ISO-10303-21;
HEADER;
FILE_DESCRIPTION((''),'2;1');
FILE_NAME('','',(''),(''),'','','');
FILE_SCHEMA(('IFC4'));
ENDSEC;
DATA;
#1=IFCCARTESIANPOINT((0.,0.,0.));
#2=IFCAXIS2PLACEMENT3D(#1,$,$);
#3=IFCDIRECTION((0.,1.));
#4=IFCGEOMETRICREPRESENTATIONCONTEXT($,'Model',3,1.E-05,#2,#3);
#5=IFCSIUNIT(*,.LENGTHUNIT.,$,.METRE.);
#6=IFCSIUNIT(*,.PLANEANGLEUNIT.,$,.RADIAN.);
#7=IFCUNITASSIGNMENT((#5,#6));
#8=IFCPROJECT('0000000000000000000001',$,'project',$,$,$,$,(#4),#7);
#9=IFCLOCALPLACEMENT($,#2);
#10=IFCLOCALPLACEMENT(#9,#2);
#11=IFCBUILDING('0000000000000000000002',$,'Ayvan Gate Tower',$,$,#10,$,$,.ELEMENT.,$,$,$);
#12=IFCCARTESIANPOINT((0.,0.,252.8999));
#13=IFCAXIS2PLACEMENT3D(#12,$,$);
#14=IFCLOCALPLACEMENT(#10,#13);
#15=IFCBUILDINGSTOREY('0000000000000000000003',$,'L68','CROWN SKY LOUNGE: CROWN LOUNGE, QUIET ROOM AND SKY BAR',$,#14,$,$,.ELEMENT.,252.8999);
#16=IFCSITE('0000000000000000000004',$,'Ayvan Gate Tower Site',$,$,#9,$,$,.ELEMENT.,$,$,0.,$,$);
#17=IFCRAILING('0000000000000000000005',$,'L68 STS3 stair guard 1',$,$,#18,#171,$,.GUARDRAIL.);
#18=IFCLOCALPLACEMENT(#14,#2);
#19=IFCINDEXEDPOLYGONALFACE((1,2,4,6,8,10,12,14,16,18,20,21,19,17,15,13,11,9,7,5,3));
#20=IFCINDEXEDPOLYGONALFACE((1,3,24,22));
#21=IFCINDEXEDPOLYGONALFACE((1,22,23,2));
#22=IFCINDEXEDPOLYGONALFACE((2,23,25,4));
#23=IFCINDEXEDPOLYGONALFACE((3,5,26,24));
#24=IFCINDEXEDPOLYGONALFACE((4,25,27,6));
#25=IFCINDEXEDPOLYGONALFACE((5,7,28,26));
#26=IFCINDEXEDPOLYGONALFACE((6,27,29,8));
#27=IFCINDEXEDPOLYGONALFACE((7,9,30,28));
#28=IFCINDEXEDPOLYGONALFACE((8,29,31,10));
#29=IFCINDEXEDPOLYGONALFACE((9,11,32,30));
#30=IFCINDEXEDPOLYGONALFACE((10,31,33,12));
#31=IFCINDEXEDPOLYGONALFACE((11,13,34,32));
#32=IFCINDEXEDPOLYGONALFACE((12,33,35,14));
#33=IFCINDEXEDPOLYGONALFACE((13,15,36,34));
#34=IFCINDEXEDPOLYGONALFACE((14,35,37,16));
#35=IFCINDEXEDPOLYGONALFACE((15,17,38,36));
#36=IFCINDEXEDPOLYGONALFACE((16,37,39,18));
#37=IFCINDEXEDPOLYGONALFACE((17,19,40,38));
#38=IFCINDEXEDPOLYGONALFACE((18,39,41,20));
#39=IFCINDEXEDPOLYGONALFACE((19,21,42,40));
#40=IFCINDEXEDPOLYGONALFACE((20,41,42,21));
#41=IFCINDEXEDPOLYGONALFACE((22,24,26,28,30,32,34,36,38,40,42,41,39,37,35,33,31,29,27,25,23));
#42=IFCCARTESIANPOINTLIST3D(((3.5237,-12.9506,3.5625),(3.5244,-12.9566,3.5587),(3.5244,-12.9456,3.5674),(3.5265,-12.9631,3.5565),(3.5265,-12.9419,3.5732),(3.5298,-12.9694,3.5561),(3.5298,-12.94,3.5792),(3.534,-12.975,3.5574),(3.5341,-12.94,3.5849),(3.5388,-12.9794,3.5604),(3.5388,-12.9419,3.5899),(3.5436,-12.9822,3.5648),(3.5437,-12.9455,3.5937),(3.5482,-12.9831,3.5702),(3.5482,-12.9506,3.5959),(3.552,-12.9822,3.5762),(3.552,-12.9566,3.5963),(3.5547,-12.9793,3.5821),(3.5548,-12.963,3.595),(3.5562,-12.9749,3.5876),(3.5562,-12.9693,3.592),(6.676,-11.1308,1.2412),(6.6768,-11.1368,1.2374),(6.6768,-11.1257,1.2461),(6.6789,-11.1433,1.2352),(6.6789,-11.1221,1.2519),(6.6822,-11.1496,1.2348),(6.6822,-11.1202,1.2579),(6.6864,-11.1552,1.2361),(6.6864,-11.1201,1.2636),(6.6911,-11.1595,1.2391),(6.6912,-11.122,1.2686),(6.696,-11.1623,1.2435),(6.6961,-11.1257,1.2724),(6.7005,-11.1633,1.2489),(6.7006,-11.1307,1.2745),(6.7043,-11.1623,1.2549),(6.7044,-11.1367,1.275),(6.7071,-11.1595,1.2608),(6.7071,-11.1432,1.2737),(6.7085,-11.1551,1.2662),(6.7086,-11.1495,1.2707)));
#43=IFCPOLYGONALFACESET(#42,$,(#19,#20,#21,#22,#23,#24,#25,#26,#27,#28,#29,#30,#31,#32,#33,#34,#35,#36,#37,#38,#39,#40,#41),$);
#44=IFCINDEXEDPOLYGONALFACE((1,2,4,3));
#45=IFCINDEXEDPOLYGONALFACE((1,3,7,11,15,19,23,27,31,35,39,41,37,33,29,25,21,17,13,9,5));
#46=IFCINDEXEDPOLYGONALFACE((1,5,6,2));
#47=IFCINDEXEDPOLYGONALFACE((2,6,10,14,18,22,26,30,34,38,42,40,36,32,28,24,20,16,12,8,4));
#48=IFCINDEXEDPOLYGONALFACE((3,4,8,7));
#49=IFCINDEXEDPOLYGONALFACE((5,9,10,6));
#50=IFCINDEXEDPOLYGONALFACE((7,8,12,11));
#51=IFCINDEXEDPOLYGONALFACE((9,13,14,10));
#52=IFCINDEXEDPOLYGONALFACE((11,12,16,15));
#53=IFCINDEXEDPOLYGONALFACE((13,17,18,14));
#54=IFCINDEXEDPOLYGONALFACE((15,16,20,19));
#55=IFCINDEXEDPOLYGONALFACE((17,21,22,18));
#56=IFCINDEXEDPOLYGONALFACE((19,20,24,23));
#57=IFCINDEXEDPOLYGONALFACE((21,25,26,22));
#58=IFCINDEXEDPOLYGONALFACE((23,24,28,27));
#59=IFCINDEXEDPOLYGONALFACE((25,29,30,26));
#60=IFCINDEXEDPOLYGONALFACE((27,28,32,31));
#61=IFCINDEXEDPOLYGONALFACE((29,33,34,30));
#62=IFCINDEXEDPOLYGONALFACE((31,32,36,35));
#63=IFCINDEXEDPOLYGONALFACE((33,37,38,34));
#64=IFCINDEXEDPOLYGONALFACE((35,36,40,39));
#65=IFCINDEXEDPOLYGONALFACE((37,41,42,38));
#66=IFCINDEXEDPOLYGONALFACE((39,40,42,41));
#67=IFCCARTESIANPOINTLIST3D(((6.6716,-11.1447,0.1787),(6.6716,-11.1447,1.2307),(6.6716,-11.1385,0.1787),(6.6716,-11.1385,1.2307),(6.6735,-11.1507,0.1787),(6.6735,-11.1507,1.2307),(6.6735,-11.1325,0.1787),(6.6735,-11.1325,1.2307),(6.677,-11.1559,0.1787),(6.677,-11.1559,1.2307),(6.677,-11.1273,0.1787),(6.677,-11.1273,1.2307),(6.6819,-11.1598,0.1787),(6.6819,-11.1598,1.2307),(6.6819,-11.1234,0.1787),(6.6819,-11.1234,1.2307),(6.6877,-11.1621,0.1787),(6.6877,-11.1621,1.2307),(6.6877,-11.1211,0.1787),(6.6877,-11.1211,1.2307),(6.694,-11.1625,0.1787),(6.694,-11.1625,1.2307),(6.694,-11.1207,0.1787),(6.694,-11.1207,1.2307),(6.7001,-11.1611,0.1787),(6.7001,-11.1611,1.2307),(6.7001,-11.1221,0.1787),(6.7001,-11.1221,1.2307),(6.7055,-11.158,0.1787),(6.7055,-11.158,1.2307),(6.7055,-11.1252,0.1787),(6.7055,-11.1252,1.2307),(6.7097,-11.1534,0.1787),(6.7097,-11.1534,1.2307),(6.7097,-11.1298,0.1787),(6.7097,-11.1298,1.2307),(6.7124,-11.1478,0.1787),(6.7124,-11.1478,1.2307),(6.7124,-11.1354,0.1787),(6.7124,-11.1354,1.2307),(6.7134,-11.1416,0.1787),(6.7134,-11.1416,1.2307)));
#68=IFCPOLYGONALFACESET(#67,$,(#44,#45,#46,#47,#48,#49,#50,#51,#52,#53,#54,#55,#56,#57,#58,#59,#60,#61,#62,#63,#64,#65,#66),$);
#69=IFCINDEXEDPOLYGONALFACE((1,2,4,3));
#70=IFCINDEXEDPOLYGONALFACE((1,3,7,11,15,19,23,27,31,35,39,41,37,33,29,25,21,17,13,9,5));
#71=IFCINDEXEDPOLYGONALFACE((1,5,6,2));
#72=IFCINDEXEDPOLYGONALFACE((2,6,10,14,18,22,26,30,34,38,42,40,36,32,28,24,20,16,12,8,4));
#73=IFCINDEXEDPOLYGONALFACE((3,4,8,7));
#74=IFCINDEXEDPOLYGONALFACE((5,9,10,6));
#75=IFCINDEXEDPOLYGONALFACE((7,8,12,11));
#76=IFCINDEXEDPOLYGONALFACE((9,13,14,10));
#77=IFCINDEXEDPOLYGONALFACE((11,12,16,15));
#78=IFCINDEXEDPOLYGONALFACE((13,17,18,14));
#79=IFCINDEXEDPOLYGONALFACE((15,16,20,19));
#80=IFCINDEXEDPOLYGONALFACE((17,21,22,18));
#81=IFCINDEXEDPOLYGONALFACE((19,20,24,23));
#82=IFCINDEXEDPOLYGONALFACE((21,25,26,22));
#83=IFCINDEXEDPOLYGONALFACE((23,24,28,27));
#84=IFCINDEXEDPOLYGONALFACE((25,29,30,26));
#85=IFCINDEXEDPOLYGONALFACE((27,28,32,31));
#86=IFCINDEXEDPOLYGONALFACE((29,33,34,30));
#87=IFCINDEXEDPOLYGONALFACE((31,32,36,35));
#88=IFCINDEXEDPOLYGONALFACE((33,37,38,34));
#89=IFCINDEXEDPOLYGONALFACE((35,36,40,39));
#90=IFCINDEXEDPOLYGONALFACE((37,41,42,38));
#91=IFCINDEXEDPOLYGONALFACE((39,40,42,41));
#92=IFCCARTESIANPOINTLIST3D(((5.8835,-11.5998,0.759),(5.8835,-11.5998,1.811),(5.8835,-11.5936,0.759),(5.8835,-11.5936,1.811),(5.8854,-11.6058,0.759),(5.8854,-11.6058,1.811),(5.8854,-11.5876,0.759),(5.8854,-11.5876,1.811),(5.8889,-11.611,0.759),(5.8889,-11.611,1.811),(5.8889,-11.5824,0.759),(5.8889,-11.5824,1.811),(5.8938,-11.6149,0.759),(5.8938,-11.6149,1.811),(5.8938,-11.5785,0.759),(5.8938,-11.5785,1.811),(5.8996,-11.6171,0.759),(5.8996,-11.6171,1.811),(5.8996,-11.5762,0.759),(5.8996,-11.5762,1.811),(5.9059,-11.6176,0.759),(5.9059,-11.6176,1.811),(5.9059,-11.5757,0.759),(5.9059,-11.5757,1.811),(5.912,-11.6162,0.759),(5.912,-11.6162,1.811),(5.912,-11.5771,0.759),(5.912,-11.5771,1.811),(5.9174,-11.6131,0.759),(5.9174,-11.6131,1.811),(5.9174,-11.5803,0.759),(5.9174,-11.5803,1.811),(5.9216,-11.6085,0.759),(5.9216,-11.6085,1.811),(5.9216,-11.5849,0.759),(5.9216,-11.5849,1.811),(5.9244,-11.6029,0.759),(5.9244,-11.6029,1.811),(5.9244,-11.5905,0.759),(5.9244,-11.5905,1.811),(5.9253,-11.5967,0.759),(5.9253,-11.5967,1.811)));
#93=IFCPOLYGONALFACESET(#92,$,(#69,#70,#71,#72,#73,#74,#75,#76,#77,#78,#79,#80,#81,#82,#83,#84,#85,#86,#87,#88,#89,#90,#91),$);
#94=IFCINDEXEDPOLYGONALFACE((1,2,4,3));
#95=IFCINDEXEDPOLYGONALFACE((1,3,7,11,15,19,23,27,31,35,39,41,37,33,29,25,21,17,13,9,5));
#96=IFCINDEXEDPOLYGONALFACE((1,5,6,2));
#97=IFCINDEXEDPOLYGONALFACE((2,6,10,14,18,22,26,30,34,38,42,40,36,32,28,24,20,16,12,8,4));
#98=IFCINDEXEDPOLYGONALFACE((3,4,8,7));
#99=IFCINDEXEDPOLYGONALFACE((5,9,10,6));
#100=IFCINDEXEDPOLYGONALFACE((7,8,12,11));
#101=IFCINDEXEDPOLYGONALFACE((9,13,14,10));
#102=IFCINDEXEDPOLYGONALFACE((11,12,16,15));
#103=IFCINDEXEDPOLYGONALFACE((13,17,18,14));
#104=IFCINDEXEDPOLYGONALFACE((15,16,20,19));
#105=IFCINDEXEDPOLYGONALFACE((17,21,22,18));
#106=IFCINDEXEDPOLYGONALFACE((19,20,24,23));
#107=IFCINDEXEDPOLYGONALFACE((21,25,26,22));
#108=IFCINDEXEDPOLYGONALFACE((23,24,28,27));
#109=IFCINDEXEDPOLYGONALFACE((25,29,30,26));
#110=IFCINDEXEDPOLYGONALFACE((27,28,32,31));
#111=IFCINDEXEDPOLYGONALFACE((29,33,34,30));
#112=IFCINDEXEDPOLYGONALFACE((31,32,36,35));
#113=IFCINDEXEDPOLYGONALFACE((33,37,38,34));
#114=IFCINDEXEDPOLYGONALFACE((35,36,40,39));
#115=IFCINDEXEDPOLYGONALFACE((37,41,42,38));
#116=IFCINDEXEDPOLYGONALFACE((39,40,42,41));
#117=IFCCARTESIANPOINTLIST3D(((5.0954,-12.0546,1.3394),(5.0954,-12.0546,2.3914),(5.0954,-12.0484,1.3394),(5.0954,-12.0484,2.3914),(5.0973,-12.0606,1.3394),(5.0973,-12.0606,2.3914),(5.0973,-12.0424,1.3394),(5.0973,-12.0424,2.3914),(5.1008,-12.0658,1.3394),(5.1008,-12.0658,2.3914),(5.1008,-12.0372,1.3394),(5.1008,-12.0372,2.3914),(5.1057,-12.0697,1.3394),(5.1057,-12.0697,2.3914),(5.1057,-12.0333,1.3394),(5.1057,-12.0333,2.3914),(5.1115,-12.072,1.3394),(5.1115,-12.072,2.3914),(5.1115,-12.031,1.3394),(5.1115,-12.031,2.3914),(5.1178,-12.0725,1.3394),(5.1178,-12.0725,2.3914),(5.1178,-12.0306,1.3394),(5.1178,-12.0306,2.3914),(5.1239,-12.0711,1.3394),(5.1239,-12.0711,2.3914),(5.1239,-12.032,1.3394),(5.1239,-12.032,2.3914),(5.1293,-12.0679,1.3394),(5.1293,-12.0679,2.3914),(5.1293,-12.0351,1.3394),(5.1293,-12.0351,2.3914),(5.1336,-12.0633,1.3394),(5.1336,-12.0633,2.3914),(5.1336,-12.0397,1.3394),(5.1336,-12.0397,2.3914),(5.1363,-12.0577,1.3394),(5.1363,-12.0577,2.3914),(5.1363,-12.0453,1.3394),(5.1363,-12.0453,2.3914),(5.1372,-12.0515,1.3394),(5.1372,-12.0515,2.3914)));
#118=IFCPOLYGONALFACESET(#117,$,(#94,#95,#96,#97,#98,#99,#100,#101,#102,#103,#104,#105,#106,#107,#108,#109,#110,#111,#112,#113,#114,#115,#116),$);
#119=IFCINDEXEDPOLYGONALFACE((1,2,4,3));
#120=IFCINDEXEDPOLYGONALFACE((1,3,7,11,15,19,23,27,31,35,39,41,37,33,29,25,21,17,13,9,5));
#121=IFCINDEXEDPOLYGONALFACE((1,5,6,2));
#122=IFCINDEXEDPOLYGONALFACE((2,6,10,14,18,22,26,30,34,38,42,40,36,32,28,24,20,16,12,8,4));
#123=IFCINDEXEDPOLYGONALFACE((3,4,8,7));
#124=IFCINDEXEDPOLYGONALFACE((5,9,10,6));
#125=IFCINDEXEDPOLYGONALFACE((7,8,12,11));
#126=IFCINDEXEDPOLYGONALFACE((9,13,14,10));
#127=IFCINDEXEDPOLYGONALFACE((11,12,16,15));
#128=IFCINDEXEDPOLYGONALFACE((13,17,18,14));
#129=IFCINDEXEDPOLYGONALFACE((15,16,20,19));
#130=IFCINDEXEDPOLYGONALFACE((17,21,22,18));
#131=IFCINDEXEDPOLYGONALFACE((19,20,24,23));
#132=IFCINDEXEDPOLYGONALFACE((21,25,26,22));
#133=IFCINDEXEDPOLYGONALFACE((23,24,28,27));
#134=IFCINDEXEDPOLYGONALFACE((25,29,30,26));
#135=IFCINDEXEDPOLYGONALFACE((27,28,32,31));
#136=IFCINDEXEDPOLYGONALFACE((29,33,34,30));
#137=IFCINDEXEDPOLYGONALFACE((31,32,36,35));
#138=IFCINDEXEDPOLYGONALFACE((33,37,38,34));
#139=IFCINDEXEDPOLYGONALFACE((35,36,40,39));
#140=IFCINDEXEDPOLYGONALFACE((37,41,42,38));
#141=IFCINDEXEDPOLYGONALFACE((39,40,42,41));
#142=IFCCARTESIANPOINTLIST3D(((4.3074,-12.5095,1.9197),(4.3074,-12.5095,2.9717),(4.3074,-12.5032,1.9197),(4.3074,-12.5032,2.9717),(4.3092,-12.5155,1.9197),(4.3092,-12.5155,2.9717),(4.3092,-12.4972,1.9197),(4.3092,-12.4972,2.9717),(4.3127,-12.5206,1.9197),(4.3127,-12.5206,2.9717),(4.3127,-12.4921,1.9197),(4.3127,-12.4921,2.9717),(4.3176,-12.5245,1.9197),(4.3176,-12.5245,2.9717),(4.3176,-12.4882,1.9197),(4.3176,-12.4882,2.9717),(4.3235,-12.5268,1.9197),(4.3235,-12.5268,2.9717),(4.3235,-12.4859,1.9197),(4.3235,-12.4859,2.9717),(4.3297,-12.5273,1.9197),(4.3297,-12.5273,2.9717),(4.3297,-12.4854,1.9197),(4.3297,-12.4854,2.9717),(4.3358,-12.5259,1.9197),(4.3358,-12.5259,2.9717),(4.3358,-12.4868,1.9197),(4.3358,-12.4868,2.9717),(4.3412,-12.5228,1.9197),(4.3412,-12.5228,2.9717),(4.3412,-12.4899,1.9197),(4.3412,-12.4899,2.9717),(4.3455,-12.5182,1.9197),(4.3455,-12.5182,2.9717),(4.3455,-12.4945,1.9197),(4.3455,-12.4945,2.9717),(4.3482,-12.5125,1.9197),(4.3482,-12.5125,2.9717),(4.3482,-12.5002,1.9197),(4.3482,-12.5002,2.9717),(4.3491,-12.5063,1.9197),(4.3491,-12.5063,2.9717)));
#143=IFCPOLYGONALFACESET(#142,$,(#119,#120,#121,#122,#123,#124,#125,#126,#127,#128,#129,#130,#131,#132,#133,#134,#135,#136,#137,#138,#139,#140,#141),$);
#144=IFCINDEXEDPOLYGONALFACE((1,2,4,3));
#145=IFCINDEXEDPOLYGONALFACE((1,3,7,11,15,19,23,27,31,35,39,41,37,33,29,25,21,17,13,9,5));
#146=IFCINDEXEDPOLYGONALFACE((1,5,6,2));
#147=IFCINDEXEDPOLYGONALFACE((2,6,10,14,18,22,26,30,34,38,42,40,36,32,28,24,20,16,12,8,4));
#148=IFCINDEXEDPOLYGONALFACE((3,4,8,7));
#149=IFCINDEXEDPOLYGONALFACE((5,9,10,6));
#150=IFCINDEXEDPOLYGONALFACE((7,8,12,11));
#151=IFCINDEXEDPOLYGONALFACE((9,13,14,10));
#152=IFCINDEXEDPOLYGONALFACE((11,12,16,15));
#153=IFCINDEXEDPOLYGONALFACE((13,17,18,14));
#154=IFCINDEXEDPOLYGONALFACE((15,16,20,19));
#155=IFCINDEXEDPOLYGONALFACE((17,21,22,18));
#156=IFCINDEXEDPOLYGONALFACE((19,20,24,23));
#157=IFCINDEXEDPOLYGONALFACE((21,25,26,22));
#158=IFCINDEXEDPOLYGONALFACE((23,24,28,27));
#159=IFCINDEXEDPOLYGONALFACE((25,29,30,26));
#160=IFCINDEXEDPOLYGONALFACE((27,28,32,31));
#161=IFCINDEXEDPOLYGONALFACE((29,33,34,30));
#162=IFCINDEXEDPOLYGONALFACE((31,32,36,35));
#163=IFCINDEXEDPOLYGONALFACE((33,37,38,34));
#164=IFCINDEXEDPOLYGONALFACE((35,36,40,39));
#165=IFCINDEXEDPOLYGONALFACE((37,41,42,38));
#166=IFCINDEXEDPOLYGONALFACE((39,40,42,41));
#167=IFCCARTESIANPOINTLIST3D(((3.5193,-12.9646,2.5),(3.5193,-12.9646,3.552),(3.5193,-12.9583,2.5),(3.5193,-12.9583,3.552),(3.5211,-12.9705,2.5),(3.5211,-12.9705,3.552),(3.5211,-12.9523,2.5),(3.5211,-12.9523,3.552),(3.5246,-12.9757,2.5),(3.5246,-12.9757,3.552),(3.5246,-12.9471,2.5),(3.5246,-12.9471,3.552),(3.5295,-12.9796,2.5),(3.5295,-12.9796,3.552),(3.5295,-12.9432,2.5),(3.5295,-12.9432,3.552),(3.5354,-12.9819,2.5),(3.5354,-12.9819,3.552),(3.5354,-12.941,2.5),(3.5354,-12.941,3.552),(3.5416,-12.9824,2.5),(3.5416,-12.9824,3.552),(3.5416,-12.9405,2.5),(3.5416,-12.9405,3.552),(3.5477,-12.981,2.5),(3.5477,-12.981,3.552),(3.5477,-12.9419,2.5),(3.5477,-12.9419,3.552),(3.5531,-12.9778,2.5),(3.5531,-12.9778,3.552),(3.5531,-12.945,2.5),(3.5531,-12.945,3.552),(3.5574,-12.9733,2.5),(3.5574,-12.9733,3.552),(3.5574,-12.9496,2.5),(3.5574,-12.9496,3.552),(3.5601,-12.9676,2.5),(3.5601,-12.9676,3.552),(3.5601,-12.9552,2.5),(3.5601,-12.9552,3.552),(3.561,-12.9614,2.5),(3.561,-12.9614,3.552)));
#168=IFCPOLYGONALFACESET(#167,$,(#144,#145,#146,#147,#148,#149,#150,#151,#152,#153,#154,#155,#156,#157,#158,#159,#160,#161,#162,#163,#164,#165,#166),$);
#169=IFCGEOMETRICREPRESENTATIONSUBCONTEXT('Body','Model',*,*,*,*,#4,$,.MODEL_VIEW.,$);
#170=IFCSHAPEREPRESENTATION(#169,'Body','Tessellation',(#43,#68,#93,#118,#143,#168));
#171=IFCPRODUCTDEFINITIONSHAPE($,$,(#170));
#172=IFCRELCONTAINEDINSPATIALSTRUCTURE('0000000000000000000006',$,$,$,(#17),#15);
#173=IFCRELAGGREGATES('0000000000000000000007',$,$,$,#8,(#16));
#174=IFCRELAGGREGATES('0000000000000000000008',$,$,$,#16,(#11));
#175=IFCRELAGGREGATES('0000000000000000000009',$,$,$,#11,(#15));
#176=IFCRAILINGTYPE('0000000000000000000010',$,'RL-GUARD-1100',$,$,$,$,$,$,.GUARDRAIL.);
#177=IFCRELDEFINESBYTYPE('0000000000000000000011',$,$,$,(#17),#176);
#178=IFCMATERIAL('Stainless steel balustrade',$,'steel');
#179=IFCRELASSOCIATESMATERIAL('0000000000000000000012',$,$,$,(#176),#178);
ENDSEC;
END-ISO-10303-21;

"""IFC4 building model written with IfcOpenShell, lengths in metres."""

from ifc_helpers import new_model, si_unit, direction, frame, origin, origin_2d, place, context, subcontext, project, spatial, circle, extrude, material, type_object, element, save


model = new_model("IFC4")

# Units and contexts
model_context = context("Model", 3, precision=1e-05, world=origin(), true_north=direction((0.0, 1.0)))
body_context = subcontext(model_context, "Body", "Model", "MODEL_VIEW")
ifc_project = project(units=[si_unit("LENGTHUNIT", "METRE"), si_unit("PLANEANGLEUNIT", "RADIAN")], contexts=[model_context])

# Site, building, storey
site_placement = place(None, origin())
site = spatial("IfcSite", under=ifc_project, at=site_placement, Name="Ayvan Gate Tower Site", CompositionType="ELEMENT", RefElevation=0.0)
building_placement = place(site_placement, origin())
building = spatial("IfcBuilding", under=site, at=building_placement, Name="Ayvan Gate Tower", CompositionType="ELEMENT")
storey_placement = place(building_placement, frame((0.0, 0.0, 252.8999)))
storey = spatial("IfcBuildingStorey", under=building, at=storey_placement, Name="L68", Description="CROWN SKY LOUNGE: CROWN LOUNGE, QUIET ROOM AND SKY BAR", CompositionType="ELEMENT", Elevation=252.8999)

# Railing
ifc_material_1 = material(Name="Stainless steel balustrade", Category="steel")
railing_type_1 = type_object("IfcRailingType", Name="RL-GUARD-1100", PredefinedType="GUARDRAIL", material=ifc_material_1)
railing_1_placement = place(storey_placement, frame((6.6924, -11.1416, 0.1787)))
element("IfcRailing", 1, at=railing_1_placement, inside=storey, type_object=railing_type_1, Name="L68 STS3 stair guard 1", PredefinedType="GUARDRAIL", context=body_context, shape_type="SweptSolid", body=[
    extrude(circle(Radius=0.0239, at=origin_2d()), frame((0.0, 0.0, 1.0762), z_axis=(-0.730198, -0.421538, 0.537695), x_axis=(0.499962, -0.866047, 0.0)), (0.0, 0.0, 1.0), 4.3171),
    extrude(circle(Radius=0.021, at=origin_2d()), origin(), (0.0, 0.0, 1.0), 1.052),
    extrude(circle(Radius=0.021, at=origin_2d()), frame((-0.7881, -0.4551, 0.5803)), (0.0, 0.0, 1.0), 1.052),
    extrude(circle(Radius=0.021, at=origin_2d()), frame((-1.5762, -0.9099, 1.1606)), (0.0, 0.0, 1.0), 1.052),
    extrude(circle(Radius=0.021, at=origin_2d()), frame((-2.3643, -1.3647, 1.741)), (0.0, 0.0, 1.0), 1.052),
    extrude(circle(Radius=0.021, at=origin_2d()), frame((-3.1523, -1.8198, 2.3213)), (0.0, 0.0, 1.0), 1.052),
])

save(model, "model.ifc")
